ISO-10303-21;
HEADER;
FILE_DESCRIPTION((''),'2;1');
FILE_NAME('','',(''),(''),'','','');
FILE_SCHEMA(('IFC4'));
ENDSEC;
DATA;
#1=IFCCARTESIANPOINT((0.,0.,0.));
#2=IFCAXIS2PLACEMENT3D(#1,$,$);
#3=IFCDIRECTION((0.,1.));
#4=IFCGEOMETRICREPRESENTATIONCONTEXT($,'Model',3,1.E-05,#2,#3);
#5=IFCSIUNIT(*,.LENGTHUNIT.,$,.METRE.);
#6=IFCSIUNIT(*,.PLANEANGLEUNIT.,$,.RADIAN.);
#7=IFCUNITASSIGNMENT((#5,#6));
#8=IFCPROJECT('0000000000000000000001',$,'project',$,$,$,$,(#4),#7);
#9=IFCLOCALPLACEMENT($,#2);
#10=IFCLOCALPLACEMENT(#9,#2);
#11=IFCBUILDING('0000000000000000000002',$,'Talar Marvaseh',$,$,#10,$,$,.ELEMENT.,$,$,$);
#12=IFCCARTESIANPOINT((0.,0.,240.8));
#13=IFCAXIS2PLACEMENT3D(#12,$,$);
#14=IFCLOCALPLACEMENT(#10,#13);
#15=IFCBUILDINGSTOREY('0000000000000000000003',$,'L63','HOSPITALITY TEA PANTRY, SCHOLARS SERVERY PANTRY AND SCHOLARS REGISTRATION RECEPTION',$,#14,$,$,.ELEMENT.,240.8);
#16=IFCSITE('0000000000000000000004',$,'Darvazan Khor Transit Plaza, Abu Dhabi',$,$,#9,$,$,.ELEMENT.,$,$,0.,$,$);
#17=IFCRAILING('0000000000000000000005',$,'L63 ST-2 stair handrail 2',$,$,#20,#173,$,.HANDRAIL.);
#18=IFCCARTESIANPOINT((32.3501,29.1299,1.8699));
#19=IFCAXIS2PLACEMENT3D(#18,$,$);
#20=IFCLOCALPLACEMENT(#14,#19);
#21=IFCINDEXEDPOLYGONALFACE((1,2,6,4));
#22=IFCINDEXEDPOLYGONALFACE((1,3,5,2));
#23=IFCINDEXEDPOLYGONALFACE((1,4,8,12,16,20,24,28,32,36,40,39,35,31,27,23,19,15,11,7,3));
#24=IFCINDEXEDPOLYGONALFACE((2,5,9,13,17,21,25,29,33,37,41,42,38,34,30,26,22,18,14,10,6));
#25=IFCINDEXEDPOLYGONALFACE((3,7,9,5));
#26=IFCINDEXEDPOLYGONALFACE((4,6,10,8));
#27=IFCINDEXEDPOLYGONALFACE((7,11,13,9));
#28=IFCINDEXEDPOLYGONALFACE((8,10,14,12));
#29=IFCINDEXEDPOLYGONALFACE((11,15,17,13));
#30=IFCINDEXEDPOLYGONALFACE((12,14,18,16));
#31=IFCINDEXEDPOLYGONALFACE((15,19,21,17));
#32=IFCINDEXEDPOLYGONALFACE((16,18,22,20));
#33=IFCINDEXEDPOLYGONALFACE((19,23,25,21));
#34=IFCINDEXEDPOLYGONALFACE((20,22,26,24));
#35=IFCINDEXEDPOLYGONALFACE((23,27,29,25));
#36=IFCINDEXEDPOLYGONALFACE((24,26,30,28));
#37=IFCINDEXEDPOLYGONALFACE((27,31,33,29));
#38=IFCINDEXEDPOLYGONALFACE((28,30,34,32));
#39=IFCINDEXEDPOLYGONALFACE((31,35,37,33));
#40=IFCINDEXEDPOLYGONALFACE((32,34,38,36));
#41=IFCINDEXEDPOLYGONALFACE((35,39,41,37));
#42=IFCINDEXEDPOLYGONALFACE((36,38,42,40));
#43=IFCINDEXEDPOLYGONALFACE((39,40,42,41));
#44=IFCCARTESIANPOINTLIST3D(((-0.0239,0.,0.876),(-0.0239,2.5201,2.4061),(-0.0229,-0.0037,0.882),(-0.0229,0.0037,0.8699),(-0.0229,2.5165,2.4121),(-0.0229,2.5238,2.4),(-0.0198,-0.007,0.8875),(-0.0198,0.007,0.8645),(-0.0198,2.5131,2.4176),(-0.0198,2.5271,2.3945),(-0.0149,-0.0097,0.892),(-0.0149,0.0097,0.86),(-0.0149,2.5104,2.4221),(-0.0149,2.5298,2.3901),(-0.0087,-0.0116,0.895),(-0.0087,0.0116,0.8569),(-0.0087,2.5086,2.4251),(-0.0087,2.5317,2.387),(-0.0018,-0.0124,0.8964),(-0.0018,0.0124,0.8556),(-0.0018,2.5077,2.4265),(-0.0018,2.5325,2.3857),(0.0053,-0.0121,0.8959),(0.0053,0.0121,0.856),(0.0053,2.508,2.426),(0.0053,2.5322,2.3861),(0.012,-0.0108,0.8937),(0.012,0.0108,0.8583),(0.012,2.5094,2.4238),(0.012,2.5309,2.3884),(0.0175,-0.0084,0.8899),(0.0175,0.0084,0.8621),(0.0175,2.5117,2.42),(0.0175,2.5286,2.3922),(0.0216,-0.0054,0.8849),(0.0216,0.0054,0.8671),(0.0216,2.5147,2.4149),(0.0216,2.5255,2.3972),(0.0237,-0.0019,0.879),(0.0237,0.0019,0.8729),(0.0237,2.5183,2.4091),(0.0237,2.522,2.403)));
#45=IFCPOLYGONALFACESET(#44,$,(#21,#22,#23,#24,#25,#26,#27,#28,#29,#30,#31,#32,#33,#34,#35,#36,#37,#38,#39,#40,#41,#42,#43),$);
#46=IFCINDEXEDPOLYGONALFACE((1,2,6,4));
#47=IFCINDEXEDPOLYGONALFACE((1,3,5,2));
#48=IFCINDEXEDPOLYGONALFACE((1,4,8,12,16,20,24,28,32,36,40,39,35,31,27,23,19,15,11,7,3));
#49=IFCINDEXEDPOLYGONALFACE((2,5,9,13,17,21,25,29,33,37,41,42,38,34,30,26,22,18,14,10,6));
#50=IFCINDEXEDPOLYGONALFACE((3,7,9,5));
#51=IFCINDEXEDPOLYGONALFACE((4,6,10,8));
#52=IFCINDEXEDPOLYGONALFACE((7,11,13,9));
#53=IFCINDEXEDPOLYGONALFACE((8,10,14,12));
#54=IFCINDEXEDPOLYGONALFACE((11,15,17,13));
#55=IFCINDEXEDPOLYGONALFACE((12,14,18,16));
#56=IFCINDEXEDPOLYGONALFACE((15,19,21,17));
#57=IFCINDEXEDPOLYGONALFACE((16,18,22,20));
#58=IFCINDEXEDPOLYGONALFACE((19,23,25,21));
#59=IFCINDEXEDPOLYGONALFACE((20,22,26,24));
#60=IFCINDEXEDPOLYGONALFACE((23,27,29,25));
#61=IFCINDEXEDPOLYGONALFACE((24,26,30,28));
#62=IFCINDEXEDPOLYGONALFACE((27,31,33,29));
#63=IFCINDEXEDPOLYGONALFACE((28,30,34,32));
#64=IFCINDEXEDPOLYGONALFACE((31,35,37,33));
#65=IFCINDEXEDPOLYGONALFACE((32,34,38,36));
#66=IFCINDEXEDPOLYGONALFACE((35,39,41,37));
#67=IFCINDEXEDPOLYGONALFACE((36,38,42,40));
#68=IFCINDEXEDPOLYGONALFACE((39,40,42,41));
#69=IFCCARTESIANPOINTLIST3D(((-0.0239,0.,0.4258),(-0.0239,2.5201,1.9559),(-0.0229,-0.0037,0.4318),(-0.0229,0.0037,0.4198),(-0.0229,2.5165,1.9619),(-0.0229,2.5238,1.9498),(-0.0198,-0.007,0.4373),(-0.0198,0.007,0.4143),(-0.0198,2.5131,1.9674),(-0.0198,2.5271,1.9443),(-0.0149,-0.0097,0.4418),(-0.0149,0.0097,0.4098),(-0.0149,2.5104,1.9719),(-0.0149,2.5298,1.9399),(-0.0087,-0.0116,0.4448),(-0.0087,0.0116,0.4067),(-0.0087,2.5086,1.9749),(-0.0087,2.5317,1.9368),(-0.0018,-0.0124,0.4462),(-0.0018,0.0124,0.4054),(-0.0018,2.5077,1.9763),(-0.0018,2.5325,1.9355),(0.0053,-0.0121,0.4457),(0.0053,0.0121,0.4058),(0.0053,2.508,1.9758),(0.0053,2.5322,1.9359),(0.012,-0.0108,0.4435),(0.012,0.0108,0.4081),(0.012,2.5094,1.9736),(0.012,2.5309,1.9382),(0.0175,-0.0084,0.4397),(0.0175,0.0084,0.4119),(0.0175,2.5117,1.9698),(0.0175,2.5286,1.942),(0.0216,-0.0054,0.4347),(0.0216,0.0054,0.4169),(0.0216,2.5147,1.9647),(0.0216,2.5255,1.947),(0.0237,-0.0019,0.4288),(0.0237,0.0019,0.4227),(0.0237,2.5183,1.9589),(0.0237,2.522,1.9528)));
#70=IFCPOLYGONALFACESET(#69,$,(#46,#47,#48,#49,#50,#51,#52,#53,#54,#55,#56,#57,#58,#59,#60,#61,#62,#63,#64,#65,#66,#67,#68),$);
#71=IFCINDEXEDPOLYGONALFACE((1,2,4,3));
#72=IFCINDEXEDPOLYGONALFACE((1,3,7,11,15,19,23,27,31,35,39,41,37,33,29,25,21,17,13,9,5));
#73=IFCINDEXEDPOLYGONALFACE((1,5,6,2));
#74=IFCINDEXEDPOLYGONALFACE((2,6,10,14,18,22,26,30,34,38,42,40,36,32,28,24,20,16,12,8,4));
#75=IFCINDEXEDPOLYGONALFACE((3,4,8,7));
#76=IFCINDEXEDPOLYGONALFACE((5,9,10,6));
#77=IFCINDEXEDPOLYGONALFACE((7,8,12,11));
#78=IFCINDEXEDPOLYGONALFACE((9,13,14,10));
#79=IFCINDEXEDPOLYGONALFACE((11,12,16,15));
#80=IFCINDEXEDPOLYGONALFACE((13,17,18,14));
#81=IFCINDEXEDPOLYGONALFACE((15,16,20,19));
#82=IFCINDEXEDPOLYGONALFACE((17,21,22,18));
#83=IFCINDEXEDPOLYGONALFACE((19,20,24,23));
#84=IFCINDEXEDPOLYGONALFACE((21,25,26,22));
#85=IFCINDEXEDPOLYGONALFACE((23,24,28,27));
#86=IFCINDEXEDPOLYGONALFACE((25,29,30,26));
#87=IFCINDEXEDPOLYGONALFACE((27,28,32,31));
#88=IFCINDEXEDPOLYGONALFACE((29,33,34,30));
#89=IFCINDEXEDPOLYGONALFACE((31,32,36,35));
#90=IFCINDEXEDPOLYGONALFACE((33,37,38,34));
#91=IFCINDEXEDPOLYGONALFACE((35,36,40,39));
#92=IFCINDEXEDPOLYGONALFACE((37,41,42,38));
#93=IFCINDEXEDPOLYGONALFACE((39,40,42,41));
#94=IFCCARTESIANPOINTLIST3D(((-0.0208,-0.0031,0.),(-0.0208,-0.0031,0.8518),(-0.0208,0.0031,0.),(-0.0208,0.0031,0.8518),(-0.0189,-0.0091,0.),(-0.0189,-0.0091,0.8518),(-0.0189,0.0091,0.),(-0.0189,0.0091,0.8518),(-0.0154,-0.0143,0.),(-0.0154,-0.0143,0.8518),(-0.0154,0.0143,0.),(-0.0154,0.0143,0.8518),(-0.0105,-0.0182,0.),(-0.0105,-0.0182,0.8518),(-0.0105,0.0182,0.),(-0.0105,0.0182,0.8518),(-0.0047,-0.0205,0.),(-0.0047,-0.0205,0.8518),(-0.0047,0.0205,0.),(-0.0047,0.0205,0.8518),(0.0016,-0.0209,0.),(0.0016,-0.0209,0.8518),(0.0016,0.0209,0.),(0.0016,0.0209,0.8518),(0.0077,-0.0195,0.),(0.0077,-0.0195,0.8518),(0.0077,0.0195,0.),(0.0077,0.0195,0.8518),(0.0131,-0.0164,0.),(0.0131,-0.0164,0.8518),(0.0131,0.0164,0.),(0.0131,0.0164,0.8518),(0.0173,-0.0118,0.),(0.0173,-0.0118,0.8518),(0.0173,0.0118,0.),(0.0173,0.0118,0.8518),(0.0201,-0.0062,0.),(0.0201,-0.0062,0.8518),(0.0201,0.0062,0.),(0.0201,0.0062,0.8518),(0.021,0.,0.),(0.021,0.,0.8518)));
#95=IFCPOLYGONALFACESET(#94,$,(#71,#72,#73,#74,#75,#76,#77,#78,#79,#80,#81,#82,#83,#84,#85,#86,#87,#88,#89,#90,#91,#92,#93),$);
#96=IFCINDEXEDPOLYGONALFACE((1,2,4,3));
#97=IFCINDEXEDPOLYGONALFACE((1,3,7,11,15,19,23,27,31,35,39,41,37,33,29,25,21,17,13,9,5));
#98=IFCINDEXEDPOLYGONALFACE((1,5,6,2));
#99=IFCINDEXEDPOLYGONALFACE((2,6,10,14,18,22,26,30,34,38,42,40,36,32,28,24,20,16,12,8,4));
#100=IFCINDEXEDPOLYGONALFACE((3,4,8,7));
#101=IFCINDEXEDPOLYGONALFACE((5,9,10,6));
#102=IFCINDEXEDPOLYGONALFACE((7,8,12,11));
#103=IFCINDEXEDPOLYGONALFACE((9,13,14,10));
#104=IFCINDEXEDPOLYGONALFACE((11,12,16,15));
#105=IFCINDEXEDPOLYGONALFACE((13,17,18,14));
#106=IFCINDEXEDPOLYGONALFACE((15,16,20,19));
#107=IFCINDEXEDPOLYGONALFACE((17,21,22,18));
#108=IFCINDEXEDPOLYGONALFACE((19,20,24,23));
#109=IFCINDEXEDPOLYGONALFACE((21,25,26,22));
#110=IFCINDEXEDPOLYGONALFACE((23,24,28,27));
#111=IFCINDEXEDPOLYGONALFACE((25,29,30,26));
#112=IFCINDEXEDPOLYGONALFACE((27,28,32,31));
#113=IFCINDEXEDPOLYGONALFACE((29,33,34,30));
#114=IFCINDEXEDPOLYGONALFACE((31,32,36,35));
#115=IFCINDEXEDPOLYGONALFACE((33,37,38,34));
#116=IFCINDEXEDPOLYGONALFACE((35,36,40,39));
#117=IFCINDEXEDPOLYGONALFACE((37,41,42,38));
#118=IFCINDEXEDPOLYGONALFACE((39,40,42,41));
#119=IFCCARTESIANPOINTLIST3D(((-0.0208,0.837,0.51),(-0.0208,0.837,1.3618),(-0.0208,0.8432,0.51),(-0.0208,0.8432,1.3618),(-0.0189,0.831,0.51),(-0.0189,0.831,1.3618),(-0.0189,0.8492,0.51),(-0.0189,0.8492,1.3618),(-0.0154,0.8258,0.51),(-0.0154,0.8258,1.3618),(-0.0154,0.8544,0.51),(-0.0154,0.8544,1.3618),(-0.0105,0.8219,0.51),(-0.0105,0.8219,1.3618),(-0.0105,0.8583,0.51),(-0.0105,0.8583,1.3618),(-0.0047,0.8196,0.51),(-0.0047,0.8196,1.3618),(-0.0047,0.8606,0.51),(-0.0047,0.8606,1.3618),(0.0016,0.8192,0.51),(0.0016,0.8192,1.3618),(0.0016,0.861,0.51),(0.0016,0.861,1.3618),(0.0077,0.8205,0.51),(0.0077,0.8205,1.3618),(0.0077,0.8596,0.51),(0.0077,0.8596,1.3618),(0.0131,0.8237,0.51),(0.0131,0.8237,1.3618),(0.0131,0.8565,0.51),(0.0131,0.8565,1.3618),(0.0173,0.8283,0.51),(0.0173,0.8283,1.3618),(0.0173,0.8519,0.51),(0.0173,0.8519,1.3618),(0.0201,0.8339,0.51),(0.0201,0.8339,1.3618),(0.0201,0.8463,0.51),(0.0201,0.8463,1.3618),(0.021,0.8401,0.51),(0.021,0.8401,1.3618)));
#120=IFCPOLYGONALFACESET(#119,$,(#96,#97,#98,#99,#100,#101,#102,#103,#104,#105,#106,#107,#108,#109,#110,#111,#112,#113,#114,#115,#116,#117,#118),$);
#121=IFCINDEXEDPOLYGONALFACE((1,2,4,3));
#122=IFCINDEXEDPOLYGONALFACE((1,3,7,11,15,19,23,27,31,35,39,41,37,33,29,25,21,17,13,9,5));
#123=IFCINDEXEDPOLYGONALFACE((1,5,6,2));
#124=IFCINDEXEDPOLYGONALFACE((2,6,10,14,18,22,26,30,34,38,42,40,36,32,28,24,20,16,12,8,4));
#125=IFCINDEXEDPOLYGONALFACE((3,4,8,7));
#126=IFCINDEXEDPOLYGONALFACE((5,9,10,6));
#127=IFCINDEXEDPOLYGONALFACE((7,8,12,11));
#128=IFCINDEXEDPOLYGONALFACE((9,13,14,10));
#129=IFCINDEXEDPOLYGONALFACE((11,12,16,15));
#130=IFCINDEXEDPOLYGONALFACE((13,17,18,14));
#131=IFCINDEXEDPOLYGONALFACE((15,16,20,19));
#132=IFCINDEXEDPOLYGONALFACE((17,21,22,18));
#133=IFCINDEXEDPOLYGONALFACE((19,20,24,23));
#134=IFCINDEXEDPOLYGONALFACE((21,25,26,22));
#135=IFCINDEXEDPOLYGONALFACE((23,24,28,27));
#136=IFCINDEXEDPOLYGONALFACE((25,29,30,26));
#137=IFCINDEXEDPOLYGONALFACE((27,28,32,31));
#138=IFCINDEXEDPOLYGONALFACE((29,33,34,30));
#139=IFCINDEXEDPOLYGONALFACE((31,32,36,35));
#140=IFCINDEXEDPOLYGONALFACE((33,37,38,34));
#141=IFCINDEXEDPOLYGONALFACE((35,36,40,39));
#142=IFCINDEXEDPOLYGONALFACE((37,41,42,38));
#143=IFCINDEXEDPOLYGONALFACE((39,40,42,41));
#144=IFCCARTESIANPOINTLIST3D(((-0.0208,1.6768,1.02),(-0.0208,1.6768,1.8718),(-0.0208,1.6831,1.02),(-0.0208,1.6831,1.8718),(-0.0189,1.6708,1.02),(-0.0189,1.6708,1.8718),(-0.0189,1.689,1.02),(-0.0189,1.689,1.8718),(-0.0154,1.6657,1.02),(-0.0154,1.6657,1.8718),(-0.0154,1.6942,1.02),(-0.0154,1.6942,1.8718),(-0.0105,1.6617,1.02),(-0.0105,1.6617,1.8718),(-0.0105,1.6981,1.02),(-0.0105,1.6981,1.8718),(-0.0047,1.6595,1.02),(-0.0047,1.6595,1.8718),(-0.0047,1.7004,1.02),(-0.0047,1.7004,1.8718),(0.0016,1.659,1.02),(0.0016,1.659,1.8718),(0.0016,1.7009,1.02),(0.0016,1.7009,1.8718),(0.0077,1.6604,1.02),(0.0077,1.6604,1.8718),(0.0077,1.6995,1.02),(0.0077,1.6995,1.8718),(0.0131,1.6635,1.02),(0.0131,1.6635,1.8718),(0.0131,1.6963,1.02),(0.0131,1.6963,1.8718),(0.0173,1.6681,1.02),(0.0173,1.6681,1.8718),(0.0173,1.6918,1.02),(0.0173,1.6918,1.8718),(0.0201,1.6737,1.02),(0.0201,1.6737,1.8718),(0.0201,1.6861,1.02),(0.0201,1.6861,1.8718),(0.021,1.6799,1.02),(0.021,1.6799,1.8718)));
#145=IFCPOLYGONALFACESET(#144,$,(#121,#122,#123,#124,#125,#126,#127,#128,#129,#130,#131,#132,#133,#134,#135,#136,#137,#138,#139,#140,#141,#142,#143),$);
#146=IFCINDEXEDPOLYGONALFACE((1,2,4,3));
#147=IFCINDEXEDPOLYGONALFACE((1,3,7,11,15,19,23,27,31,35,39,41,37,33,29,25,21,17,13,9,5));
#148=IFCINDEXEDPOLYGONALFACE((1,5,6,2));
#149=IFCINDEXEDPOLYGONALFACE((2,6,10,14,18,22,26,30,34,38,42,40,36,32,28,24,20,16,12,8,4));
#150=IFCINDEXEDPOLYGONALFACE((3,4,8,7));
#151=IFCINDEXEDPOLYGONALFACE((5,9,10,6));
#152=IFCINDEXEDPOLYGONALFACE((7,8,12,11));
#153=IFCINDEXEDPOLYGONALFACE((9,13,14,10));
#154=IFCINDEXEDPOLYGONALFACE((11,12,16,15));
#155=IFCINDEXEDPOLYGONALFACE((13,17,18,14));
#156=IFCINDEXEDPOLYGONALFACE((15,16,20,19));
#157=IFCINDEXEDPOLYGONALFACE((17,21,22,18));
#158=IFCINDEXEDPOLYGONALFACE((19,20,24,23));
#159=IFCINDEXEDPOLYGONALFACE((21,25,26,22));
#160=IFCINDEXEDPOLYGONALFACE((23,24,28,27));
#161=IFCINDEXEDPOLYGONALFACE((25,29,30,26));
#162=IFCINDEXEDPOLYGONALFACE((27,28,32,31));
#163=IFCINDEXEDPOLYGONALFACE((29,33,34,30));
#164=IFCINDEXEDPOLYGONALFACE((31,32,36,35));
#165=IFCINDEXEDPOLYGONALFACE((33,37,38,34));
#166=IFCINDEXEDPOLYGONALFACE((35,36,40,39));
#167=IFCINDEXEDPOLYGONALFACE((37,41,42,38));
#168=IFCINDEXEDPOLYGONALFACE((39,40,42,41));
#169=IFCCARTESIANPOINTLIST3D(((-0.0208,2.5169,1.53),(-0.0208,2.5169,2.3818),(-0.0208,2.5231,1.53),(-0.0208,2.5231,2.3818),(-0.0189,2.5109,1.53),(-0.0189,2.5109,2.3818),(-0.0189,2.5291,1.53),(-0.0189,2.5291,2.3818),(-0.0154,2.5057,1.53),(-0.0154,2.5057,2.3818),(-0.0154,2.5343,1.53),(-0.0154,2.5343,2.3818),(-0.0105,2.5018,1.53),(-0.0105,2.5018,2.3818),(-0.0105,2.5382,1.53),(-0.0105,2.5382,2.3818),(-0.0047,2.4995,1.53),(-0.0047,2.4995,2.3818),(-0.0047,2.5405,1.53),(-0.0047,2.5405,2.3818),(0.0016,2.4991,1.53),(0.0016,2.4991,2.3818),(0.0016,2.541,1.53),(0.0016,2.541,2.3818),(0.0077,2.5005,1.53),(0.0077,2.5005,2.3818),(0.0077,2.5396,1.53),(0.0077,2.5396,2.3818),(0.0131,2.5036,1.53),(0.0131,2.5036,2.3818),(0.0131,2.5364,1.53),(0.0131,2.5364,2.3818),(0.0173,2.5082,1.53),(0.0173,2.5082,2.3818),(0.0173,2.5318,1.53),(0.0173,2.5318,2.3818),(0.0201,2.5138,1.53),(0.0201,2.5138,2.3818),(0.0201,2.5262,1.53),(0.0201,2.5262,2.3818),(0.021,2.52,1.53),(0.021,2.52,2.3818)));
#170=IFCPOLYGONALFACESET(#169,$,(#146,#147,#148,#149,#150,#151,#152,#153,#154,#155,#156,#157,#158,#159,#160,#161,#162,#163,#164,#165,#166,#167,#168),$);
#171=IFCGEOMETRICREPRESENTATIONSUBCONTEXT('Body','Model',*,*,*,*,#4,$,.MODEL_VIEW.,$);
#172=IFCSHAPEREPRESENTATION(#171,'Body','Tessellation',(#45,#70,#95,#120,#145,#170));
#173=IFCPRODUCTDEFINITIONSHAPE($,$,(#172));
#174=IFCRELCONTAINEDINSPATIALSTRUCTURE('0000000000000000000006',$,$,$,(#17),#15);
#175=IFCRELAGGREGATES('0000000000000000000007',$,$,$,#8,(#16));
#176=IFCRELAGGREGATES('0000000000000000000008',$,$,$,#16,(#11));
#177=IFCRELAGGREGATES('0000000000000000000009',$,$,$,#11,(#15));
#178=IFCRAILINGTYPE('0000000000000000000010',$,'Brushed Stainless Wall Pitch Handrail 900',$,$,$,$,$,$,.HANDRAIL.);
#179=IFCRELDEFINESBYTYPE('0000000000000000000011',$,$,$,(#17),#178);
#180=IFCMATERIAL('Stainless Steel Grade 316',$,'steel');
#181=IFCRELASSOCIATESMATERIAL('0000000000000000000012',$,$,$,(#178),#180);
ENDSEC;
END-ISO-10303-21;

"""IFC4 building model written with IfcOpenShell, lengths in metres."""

from ifc_helpers import new_model, si_unit, direction, frame, origin, origin_2d, place, context, subcontext, project, spatial, circle, extrude, material, type_object, element, save


model = new_model("IFC4")

# Units and contexts
model_context = context("Model", 3, precision=1e-05, world=origin(), true_north=direction((0.0, 1.0)))
body_context = subcontext(model_context, "Body", "Model", "MODEL_VIEW")
ifc_project = project(units=[si_unit("LENGTHUNIT", "METRE"), si_unit("PLANEANGLEUNIT", "RADIAN")], contexts=[model_context])

# Site, building, storey
site_placement = place(None, origin())
site = spatial("IfcSite", under=ifc_project, at=site_placement, Name="Darvazan Khor Transit Plaza, Abu Dhabi", CompositionType="ELEMENT", RefElevation=0.0)
building_placement = place(site_placement, origin())
building = spatial("IfcBuilding", under=site, at=building_placement, Name="Talar Marvaseh", CompositionType="ELEMENT")
storey_placement = place(building_placement, frame((0.0, 0.0, 240.8)))
storey = spatial("IfcBuildingStorey", under=building, at=storey_placement, Name="L63", Description="HOSPITALITY TEA PANTRY, SCHOLARS SERVERY PANTRY AND SCHOLARS REGISTRATION RECEPTION", CompositionType="ELEMENT", Elevation=240.8)

# Shared definitions
ifc_material_1 = material(Name="Stainless Steel Grade 316", Category="steel")

# Railing
railing_type_1 = type_object("IfcRailingType", Name="Brushed Stainless Wall Pitch Handrail 900", PredefinedType="HANDRAIL", material=ifc_material_1)
railing_1_placement = place(storey_placement, frame((32.3501, 29.1299, 1.8699)))
element("IfcRailing", 1, at=railing_1_placement, inside=storey, type_object=railing_type_1, Name="L63 ST-2 stair handrail 2", PredefinedType="HANDRAIL", context=body_context, shape_type="SweptSolid", body=[
    extrude(circle(Radius=0.0239, at=origin_2d()), frame((0.0, 0.0, 0.876), z_axis=(0.0, 0.854785, 0.518982), x_axis=(-1.0, 0.0, 0.0)), (0.0, 0.0, 1.0), 2.9482),
    extrude(circle(Radius=0.0239, at=origin_2d()), frame((0.0, 0.0, 0.4258), z_axis=(0.0, 0.854785, 0.518982), x_axis=(-1.0, 0.0, 0.0)), (0.0, 0.0, 1.0), 2.9482),
    extrude(circle(Radius=0.021, at=origin_2d()), origin(), (0.0, 0.0, 1.0), 0.8518),
    extrude(circle(Radius=0.021, at=origin_2d()), frame((0.0, 0.8401, 0.51)), (0.0, 0.0, 1.0), 0.8518),
    extrude(circle(Radius=0.021, at=origin_2d()), frame((0.0, 1.6799, 1.02)), (0.0, 0.0, 1.0), 0.8518),
    extrude(circle(Radius=0.021, at=origin_2d()), frame((0.0, 2.52, 1.53)), (0.0, 0.0, 1.0), 0.8518),
])

save(model, "model.ifc")
